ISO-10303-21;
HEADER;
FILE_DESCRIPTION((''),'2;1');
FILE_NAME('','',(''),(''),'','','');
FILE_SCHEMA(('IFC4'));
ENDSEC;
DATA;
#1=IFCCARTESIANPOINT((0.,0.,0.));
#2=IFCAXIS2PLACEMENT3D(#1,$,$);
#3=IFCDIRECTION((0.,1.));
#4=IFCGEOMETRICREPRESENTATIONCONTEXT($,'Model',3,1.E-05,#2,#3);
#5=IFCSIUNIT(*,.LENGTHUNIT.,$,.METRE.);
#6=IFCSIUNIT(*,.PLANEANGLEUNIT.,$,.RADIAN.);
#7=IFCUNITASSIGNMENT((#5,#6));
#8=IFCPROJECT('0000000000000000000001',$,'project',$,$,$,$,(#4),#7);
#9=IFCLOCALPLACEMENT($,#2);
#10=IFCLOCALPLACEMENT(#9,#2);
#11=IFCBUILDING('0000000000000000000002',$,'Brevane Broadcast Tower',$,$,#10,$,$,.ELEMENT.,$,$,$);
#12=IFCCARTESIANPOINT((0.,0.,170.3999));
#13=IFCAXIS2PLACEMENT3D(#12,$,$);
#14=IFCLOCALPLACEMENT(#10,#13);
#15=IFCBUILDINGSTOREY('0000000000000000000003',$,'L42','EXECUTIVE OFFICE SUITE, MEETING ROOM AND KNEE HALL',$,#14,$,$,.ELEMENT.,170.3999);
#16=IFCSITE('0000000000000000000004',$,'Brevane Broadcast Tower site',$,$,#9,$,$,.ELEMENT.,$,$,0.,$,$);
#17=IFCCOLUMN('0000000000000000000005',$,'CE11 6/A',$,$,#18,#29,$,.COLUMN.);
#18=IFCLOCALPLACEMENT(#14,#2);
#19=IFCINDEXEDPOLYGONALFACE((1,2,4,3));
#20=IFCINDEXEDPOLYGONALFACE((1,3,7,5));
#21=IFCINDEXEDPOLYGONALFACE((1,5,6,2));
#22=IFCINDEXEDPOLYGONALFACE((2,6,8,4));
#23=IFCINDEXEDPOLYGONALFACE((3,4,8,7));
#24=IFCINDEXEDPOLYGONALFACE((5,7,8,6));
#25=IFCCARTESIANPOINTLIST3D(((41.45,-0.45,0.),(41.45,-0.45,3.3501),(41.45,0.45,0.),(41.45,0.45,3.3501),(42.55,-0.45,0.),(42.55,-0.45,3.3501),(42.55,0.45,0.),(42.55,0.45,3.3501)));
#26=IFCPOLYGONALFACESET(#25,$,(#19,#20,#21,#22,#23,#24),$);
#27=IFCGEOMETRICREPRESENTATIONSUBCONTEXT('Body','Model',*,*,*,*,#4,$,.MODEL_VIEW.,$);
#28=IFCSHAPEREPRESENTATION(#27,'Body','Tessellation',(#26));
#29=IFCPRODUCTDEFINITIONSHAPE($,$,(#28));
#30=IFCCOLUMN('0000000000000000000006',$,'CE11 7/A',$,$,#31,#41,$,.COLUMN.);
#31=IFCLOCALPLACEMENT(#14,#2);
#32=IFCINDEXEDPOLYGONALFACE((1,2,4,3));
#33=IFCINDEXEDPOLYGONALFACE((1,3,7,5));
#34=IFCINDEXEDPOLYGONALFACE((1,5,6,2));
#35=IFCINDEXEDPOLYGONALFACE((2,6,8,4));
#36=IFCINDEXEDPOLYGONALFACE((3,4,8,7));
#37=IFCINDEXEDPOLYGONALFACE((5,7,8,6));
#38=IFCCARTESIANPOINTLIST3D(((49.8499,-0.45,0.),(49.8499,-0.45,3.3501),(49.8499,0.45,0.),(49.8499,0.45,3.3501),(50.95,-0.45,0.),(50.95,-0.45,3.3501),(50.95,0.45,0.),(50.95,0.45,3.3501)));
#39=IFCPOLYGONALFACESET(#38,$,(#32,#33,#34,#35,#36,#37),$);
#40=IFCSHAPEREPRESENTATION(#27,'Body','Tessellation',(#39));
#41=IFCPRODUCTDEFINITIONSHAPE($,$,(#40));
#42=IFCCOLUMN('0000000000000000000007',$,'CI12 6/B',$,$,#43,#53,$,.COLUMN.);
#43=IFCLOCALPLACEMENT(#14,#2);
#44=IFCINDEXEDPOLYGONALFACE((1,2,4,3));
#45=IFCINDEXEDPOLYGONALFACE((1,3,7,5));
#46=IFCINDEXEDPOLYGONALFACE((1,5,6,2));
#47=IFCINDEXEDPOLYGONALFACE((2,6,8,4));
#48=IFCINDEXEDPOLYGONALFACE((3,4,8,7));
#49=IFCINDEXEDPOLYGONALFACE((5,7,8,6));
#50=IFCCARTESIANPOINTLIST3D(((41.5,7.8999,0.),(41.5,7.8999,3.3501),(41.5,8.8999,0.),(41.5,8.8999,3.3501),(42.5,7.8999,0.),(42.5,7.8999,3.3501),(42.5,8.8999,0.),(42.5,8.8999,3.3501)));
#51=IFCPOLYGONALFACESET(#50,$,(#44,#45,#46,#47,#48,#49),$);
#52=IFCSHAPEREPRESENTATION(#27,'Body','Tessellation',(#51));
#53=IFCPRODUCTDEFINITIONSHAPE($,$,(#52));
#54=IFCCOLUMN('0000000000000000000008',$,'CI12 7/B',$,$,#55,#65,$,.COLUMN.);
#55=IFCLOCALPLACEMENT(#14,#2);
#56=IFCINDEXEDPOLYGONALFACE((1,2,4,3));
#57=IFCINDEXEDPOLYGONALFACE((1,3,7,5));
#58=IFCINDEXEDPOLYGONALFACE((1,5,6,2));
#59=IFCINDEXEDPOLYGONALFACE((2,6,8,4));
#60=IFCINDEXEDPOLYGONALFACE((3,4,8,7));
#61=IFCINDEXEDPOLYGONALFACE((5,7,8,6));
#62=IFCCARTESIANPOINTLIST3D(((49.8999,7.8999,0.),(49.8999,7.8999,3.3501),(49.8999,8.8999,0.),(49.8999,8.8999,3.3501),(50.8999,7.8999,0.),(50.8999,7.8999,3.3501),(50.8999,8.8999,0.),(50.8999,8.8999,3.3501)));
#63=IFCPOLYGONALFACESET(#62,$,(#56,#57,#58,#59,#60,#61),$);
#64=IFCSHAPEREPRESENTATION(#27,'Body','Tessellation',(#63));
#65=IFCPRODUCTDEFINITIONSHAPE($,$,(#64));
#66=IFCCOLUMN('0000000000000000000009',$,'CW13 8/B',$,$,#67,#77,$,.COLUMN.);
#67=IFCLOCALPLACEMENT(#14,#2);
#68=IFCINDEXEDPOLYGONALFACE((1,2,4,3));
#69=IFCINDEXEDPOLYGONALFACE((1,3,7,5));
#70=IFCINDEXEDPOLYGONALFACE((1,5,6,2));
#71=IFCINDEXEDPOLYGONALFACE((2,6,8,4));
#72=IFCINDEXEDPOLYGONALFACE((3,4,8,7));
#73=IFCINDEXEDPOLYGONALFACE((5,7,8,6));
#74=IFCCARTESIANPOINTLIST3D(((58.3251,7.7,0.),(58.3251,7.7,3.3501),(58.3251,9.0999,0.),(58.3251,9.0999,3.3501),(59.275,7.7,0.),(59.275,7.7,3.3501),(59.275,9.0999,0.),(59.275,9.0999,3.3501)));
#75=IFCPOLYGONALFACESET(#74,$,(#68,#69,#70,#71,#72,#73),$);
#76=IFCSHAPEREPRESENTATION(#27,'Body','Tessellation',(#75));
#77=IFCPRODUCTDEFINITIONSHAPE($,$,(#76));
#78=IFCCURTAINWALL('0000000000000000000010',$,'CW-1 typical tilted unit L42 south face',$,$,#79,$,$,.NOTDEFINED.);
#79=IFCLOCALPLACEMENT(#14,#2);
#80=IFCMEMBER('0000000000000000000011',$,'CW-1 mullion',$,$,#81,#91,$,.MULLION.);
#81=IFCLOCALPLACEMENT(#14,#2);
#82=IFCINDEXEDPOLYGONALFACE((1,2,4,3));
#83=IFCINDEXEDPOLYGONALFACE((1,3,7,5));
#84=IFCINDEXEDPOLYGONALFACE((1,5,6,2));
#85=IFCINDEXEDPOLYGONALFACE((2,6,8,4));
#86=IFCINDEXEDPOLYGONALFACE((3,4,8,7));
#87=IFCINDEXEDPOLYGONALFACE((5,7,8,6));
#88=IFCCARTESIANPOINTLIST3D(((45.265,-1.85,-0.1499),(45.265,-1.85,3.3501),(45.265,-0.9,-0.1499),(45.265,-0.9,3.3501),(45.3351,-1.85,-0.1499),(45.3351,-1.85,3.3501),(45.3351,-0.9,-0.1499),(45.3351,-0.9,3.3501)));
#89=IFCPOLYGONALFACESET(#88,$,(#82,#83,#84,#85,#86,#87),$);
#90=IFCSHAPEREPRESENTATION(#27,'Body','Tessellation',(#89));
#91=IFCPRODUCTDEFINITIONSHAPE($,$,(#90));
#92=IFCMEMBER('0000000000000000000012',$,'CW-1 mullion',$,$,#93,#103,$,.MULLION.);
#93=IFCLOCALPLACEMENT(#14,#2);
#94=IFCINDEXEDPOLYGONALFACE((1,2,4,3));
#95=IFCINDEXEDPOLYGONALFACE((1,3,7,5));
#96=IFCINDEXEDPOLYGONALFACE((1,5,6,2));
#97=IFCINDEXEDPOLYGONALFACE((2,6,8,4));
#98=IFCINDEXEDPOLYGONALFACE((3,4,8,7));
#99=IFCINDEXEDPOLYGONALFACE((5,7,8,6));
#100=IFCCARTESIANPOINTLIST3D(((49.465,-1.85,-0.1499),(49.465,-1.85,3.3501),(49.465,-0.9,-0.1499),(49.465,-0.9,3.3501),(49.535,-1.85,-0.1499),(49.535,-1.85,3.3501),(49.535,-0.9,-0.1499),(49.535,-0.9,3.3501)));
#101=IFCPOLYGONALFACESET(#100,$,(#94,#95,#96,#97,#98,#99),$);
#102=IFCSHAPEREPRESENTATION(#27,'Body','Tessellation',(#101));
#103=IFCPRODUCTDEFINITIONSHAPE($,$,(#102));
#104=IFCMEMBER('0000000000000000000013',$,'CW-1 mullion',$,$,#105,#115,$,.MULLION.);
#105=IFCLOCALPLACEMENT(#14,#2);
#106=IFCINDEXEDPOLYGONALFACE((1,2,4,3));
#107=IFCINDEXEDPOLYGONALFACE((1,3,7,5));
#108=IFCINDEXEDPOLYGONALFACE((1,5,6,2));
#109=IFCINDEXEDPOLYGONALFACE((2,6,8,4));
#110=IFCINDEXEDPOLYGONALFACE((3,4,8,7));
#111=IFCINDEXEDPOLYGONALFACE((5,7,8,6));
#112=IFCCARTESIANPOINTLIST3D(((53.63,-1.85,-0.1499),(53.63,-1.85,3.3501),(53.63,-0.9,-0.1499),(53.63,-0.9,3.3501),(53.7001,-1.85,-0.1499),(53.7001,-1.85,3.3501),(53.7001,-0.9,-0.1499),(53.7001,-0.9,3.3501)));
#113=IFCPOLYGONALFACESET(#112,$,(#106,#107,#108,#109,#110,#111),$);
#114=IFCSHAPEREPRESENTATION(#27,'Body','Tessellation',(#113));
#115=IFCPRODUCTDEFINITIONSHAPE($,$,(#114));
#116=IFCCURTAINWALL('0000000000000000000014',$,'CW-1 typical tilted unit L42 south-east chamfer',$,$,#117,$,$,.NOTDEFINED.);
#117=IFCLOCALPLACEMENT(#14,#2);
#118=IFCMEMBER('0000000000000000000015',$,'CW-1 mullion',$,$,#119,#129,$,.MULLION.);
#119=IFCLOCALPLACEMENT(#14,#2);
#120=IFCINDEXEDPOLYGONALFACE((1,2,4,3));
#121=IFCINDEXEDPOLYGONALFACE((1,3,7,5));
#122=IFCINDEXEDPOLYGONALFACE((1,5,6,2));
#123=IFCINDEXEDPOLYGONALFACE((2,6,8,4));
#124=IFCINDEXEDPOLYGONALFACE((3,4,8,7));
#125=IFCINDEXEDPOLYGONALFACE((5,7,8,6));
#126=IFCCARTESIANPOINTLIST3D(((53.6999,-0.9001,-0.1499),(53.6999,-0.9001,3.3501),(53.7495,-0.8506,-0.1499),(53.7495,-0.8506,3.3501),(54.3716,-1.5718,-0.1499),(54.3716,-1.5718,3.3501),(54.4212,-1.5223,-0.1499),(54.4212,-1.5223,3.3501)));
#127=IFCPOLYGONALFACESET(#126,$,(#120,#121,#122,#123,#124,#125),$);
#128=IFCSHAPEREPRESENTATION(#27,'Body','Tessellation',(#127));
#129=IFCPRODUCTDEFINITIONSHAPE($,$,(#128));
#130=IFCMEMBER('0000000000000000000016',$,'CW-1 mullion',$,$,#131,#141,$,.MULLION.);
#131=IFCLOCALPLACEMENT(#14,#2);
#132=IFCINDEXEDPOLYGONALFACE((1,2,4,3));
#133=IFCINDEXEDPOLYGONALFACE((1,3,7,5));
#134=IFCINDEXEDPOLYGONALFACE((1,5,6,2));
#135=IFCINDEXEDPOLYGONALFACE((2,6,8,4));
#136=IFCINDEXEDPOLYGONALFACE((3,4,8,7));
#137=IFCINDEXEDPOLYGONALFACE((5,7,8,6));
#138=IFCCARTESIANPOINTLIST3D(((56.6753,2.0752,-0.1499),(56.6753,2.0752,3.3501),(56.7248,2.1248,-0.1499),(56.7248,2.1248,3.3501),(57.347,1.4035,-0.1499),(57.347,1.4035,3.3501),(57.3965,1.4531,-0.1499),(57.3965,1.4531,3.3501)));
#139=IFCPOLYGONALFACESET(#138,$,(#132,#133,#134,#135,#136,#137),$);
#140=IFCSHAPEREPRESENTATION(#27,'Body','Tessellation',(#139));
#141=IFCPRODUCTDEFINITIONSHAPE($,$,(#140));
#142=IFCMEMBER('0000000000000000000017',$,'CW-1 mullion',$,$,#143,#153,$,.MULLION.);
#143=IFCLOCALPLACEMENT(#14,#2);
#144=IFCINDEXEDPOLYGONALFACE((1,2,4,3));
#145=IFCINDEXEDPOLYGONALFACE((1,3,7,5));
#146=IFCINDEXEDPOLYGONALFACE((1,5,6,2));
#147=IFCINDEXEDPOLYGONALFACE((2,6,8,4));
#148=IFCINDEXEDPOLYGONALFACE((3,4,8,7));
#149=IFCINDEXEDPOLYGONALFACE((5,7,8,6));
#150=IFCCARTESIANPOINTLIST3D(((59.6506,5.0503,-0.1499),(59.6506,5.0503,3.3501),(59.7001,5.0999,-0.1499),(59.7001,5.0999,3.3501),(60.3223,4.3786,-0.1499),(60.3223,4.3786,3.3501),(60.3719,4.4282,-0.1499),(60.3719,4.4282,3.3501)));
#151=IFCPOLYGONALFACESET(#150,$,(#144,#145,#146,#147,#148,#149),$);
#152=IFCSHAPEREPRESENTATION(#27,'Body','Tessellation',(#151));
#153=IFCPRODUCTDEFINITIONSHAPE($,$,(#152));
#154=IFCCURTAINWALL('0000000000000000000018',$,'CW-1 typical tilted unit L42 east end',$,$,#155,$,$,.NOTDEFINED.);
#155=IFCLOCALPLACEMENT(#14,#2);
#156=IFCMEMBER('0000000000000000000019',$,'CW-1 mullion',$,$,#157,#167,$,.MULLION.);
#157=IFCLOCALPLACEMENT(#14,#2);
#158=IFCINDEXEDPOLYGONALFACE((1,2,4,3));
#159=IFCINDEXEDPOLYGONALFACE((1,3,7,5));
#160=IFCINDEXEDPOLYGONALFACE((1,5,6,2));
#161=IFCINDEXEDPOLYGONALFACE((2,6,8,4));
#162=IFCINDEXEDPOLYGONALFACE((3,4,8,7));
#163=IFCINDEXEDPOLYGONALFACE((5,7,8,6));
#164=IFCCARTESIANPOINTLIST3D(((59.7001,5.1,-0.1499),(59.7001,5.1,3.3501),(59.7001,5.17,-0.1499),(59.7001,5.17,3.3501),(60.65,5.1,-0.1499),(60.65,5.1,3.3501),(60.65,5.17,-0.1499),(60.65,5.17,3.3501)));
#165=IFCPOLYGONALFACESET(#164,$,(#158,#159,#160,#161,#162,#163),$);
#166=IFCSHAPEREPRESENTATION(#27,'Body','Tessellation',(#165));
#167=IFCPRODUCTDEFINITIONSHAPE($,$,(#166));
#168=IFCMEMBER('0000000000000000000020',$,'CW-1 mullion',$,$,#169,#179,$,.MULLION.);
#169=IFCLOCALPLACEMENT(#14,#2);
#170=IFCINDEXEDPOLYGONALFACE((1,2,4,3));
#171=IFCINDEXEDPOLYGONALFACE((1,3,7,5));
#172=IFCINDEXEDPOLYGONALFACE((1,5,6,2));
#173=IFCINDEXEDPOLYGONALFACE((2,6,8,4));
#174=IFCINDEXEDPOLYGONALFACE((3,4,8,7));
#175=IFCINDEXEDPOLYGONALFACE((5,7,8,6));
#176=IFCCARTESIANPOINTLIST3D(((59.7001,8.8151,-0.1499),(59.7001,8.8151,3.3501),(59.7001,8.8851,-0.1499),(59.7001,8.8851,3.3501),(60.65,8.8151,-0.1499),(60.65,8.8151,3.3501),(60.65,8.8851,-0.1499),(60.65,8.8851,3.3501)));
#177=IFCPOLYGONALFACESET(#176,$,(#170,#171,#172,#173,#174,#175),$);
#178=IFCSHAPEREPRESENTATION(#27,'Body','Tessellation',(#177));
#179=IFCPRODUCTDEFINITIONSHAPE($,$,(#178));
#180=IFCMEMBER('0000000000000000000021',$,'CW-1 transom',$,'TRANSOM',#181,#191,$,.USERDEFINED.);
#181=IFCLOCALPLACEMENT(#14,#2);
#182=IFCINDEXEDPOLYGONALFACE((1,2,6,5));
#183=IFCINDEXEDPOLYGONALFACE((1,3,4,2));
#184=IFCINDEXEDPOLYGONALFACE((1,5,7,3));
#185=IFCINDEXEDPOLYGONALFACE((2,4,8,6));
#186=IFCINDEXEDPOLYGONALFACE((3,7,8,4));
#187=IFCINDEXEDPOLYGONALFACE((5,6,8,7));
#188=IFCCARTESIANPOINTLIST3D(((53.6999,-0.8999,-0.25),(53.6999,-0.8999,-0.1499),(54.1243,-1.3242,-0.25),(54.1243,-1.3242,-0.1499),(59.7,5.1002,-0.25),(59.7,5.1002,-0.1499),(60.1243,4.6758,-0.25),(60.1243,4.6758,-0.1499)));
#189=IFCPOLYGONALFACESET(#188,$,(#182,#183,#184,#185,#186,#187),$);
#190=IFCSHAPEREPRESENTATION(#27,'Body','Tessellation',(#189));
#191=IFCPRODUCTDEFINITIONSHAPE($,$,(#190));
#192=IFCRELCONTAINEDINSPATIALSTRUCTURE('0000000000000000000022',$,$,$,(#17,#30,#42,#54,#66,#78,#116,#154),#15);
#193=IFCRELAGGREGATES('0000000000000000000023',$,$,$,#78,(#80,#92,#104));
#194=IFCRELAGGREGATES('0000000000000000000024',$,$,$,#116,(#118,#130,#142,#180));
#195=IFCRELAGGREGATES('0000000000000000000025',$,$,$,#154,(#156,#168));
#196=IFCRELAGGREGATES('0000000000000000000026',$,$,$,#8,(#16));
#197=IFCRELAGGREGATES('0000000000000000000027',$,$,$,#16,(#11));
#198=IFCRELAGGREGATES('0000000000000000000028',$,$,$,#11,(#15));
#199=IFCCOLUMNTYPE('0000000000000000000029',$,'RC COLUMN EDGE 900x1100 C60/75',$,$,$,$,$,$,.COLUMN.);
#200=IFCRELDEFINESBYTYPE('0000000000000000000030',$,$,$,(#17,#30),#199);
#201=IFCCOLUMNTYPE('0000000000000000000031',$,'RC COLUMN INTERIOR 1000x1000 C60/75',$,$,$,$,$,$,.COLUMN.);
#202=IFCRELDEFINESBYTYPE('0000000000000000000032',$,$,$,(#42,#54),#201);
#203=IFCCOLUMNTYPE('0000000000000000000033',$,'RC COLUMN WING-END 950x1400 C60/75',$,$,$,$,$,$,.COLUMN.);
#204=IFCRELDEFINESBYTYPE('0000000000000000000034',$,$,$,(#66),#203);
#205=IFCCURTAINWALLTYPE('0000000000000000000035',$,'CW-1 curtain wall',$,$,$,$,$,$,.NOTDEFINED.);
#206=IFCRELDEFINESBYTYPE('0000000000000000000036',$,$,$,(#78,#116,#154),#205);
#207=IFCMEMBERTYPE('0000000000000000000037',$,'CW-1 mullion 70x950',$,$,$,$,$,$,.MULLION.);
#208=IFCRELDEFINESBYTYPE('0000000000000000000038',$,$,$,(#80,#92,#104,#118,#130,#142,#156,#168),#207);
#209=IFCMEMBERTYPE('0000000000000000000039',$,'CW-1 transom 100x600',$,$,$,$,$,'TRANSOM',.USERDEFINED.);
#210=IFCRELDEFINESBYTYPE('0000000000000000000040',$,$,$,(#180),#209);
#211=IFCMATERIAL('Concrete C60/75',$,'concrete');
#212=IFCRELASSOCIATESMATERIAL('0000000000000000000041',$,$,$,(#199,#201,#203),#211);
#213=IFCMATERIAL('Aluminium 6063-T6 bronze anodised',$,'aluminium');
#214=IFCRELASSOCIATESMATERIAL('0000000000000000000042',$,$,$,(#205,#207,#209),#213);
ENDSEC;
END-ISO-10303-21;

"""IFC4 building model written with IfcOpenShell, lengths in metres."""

from ifc_helpers import new_model, si_unit, direction, frame, origin, origin_2d, place, context, subcontext, project, spatial, rectangle, extrude, material, material_profile, profile_set, type_object, element, aggregate, save


model = new_model("IFC4")

# Units and contexts
model_context = context("Model", 3, precision=1e-05, world=origin(), true_north=direction((0.0, 1.0)))
body_context = subcontext(model_context, "Body", "Model", "MODEL_VIEW")
ifc_project = project(units=[si_unit("LENGTHUNIT", "METRE"), si_unit("PLANEANGLEUNIT", "RADIAN")], contexts=[model_context])

# Site, building, storey
site_placement = place(None, origin())
site = spatial("IfcSite", under=ifc_project, at=site_placement, Name="Brevane Broadcast Tower site", CompositionType="ELEMENT", RefElevation=0.0)
building_placement = place(site_placement, origin())
building = spatial("IfcBuilding", under=site, at=building_placement, Name="Brevane Broadcast Tower", CompositionType="ELEMENT")
storey_placement = place(building_placement, frame((0.0, 0.0, 170.3999)))
storey = spatial("IfcBuildingStorey", under=building, at=storey_placement, Name="L42", Description="EXECUTIVE OFFICE SUITE, MEETING ROOM AND KNEE HALL", CompositionType="ELEMENT", Elevation=170.3999)

# Columns
ifc_material_1 = material(Name="Concrete C60/75", Category="concrete")
ifc_material_profile_1 = material_profile(ifc_material_1, rectangle(XDim=0.8999, YDim=1.1001, at=origin_2d()), Name="RC 900x1100")
ifc_profile_set_1 = profile_set([ifc_material_profile_1], Name="Concrete C60/75")
column_type_1 = type_object("IfcColumnType", Name="RC COLUMN EDGE 900x1100 C60/75", PredefinedType="COLUMN", material=ifc_profile_set_1)
for number, where, z_axis, x_axis, name in (
    (1, (42.0, 0.0, 0.0), (0.0, 0.0, 1.0), (0.0, 1.0, 0.0), "CE11 6/A"),
    (2, (50.3999, 0.0, 0.0), (0.0, 0.0, 1.0), (0.0, 1.0, 0.0), "CE11 7/A"),
):
    element("IfcColumn", number, at=place(storey_placement, frame(where, z_axis=z_axis, x_axis=x_axis)), inside=storey, type_object=column_type_1, Name=name, PredefinedType="COLUMN", context=body_context, shape_type="SweptSolid", body=[
        extrude(rectangle(XDim=0.8999, YDim=1.1001, at=origin_2d()), origin(), (0.0, 0.0, 1.0), 3.3501),
    ])
ifc_material_profile_2 = material_profile(ifc_material_1, rectangle(XDim=1.0, YDim=1.0, at=origin_2d()), Name="RC 1000x1000")
ifc_profile_set_2 = profile_set([ifc_material_profile_2], Name="Concrete C60/75")
column_type_2 = type_object("IfcColumnType", Name="RC COLUMN INTERIOR 1000x1000 C60/75", PredefinedType="COLUMN", material=ifc_profile_set_2)
for number, where, z_axis, x_axis, name in (
    (3, (42.0, 8.3999, 0.0), (0.0, 0.0, 1.0), (1.0, 0.0, 0.0), "CI12 6/B"),
    (4, (50.3999, 8.3999, 0.0), (0.0, 0.0, 1.0), (1.0, 0.0, 0.0), "CI12 7/B"),
):
    element("IfcColumn", number, at=place(storey_placement, frame(where, z_axis=z_axis, x_axis=x_axis)), inside=storey, type_object=column_type_2, Name=name, PredefinedType="COLUMN", context=body_context, shape_type="SweptSolid", body=[
        extrude(rectangle(XDim=1.0, YDim=1.0, at=origin_2d()), origin(), (0.0, 0.0, 1.0), 3.3501),
    ])
ifc_material_profile_3 = material_profile(ifc_material_1, rectangle(XDim=0.95, YDim=1.3999, at=origin_2d()), Name="RC 950x1400")
ifc_profile_set_3 = profile_set([ifc_material_profile_3], Name="Concrete C60/75")
column_type_3 = type_object("IfcColumnType", Name="RC COLUMN WING-END 950x1400 C60/75", PredefinedType="COLUMN", material=ifc_profile_set_3)
column_placement = place(storey_placement, frame((58.8, 8.3999, 0.0), z_axis=(0.0, 0.0, 1.0), x_axis=(1.0, 0.0, 0.0)))
element("IfcColumn", 5, at=column_placement, inside=storey, type_object=column_type_3, Name="CW13 8/B", PredefinedType="COLUMN", context=body_context, shape_type="SweptSolid", body=[
    extrude(rectangle(XDim=0.95, YDim=1.3999, at=origin_2d()), origin(), (0.0, 0.0, 1.0), 3.3501),
])

# Curtain walls, members
ifc_material_2 = material(Name="Aluminium 6063-T6 bronze anodised", Category="aluminium")
curtain_wall_type = type_object("IfcCurtainWallType", Name="CW-1 curtain wall", PredefinedType="NOTDEFINED", material=ifc_material_2)
curtain_wall_1_placement = place(storey_placement, origin())
curtain_wall_1 = element("IfcCurtainWall", 6, at=curtain_wall_1_placement, inside=storey, type_object=curtain_wall_type, Name="CW-1 typical tilted unit L42 south face", PredefinedType="NOTDEFINED")
ifc_material_profile_4 = material_profile(ifc_material_2, rectangle(XDim=0.95, YDim=0.0701, at=origin_2d()), Name="RECT 70x950")
ifc_profile_set_4 = profile_set([ifc_material_profile_4], Name="Aluminium 6063-T6 bronze anodised")
member_type_1 = type_object("IfcMemberType", Name="CW-1 mullion 70x950", PredefinedType="MULLION", material=ifc_profile_set_4)
member_1_placement = place(storey_placement, frame((45.3, -1.375, -0.1499), z_axis=(0.0, 0.0, 1.0), x_axis=(0.0, 1.0, 0.0)))
member_1 = element("IfcMember", 7, at=member_1_placement, type_object=member_type_1, Name="CW-1 mullion", PredefinedType="MULLION", context=body_context, shape_type="SweptSolid", body=[
    extrude(rectangle(XDim=0.95, YDim=0.0701, at=origin_2d()), origin(), (0.0, 0.0, 1.0), 3.5),
])
member_2_placement = place(storey_placement, frame((49.5, -1.375, -0.1499), z_axis=(0.0, 0.0, 1.0), x_axis=(0.0, 1.0, 0.0)))
member_2 = element("IfcMember", 8, at=member_2_placement, type_object=member_type_1, Name="CW-1 mullion", PredefinedType="MULLION", context=body_context, shape_type="SweptSolid", body=[
    extrude(rectangle(XDim=0.95, YDim=0.0701, at=origin_2d()), origin(), (0.0, 0.0, 1.0), 3.5),
])
member_3_placement = place(storey_placement, frame((53.665, -1.375, -0.1499), z_axis=(0.0, 0.0, 1.0), x_axis=(0.0, 1.0, 0.0)))
member_3 = element("IfcMember", 9, at=member_3_placement, type_object=member_type_1, Name="CW-1 mullion", PredefinedType="MULLION", context=body_context, shape_type="SweptSolid", body=[
    extrude(rectangle(XDim=0.95, YDim=0.0701, at=origin_2d()), origin(), (0.0, 0.0, 1.0), 3.5),
])
aggregate(curtain_wall_1, [member_1, member_2, member_3])
curtain_wall_2_placement = place(storey_placement, origin())
curtain_wall_2 = element("IfcCurtainWall", 10, at=curtain_wall_2_placement, inside=storey, type_object=curtain_wall_type, Name="CW-1 typical tilted unit L42 south-east chamfer", PredefinedType="NOTDEFINED")
member_4_placement = place(storey_placement, frame((54.0605, -1.2112, -0.1499), z_axis=(0.0, 0.0, 1.0), x_axis=(-0.707107, 0.707107, 0.0)))
member_4 = element("IfcMember", 11, at=member_4_placement, type_object=member_type_1, Name="CW-1 mullion", PredefinedType="MULLION", context=body_context, shape_type="SweptSolid", body=[
    extrude(rectangle(XDim=0.95, YDim=0.0701, at=origin_2d()), origin(), (0.0, 0.0, 1.0), 3.5),
])
member_5_placement = place(storey_placement, frame((57.0359, 1.7642, -0.1499), z_axis=(0.0, 0.0, 1.0), x_axis=(-0.707107, 0.707107, 0.0)))
member_5 = element("IfcMember", 12, at=member_5_placement, type_object=member_type_1, Name="CW-1 mullion", PredefinedType="MULLION", context=body_context, shape_type="SweptSolid", body=[
    extrude(rectangle(XDim=0.95, YDim=0.0701, at=origin_2d()), origin(), (0.0, 0.0, 1.0), 3.5),
])
member_6_placement = place(storey_placement, frame((60.0112, 4.7393, -0.1499), z_axis=(0.0, 0.0, 1.0), x_axis=(-0.707107, 0.707107, 0.0)))
member_6 = element("IfcMember", 13, at=member_6_placement, type_object=member_type_1, Name="CW-1 mullion", PredefinedType="MULLION", context=body_context, shape_type="SweptSolid", body=[
    extrude(rectangle(XDim=0.95, YDim=0.0701, at=origin_2d()), origin(), (0.0, 0.0, 1.0), 3.5),
])
curtain_wall_3_placement = place(storey_placement, origin())
curtain_wall_3 = element("IfcCurtainWall", 14, at=curtain_wall_3_placement, inside=storey, type_object=curtain_wall_type, Name="CW-1 typical tilted unit L42 east end", PredefinedType="NOTDEFINED")
member_7_placement = place(storey_placement, frame((60.175, 5.135, -0.1499), z_axis=(0.0, 0.0, 1.0), x_axis=(-1.0, 0.0, 0.0)))
member_7 = element("IfcMember", 15, at=member_7_placement, type_object=member_type_1, Name="CW-1 mullion", PredefinedType="MULLION", context=body_context, shape_type="SweptSolid", body=[
    extrude(rectangle(XDim=0.95, YDim=0.0701, at=origin_2d()), origin(), (0.0, 0.0, 1.0), 3.5),
])
member_8_placement = place(storey_placement, frame((60.175, 8.8501, -0.1499), z_axis=(0.0, 0.0, 1.0), x_axis=(-1.0, 0.0, 0.0)))
member_8 = element("IfcMember", 16, at=member_8_placement, type_object=member_type_1, Name="CW-1 mullion", PredefinedType="MULLION", context=body_context, shape_type="SweptSolid", body=[
    extrude(rectangle(XDim=0.95, YDim=0.0701, at=origin_2d()), origin(), (0.0, 0.0, 1.0), 3.5),
])

# Member
ifc_material_profile_5 = material_profile(ifc_material_2, rectangle(XDim=0.6001, YDim=0.1001, at=origin_2d()), Name="RECT 100x600")
ifc_profile_set_5 = profile_set([ifc_material_profile_5], Name="Aluminium 6063-T6 bronze anodised")
member_type_2 = type_object("IfcMemberType", Name="CW-1 transom 100x600", ElementType="TRANSOM", PredefinedType="USERDEFINED", material=ifc_profile_set_5)
member_9_placement = place(storey_placement, frame((53.9121, -1.1121, -0.2), z_axis=(0.707107, 0.707107, 0.0), x_axis=(-0.707107, 0.707107, 0.0)))
member_9 = element("IfcMember", 17, at=member_9_placement, type_object=member_type_2, Name="CW-1 transom", ObjectType="TRANSOM", PredefinedType="USERDEFINED", context=body_context, shape_type="SweptSolid", body=[
    extrude(rectangle(XDim=0.6001, YDim=0.1001, at=origin_2d()), origin(), (0.0, 0.0, 1.0), 8.4854),
])
aggregate(curtain_wall_2, [member_4, member_5, member_6, member_9])
aggregate(curtain_wall_3, [member_7, member_8])

save(model, "model.ifc")
